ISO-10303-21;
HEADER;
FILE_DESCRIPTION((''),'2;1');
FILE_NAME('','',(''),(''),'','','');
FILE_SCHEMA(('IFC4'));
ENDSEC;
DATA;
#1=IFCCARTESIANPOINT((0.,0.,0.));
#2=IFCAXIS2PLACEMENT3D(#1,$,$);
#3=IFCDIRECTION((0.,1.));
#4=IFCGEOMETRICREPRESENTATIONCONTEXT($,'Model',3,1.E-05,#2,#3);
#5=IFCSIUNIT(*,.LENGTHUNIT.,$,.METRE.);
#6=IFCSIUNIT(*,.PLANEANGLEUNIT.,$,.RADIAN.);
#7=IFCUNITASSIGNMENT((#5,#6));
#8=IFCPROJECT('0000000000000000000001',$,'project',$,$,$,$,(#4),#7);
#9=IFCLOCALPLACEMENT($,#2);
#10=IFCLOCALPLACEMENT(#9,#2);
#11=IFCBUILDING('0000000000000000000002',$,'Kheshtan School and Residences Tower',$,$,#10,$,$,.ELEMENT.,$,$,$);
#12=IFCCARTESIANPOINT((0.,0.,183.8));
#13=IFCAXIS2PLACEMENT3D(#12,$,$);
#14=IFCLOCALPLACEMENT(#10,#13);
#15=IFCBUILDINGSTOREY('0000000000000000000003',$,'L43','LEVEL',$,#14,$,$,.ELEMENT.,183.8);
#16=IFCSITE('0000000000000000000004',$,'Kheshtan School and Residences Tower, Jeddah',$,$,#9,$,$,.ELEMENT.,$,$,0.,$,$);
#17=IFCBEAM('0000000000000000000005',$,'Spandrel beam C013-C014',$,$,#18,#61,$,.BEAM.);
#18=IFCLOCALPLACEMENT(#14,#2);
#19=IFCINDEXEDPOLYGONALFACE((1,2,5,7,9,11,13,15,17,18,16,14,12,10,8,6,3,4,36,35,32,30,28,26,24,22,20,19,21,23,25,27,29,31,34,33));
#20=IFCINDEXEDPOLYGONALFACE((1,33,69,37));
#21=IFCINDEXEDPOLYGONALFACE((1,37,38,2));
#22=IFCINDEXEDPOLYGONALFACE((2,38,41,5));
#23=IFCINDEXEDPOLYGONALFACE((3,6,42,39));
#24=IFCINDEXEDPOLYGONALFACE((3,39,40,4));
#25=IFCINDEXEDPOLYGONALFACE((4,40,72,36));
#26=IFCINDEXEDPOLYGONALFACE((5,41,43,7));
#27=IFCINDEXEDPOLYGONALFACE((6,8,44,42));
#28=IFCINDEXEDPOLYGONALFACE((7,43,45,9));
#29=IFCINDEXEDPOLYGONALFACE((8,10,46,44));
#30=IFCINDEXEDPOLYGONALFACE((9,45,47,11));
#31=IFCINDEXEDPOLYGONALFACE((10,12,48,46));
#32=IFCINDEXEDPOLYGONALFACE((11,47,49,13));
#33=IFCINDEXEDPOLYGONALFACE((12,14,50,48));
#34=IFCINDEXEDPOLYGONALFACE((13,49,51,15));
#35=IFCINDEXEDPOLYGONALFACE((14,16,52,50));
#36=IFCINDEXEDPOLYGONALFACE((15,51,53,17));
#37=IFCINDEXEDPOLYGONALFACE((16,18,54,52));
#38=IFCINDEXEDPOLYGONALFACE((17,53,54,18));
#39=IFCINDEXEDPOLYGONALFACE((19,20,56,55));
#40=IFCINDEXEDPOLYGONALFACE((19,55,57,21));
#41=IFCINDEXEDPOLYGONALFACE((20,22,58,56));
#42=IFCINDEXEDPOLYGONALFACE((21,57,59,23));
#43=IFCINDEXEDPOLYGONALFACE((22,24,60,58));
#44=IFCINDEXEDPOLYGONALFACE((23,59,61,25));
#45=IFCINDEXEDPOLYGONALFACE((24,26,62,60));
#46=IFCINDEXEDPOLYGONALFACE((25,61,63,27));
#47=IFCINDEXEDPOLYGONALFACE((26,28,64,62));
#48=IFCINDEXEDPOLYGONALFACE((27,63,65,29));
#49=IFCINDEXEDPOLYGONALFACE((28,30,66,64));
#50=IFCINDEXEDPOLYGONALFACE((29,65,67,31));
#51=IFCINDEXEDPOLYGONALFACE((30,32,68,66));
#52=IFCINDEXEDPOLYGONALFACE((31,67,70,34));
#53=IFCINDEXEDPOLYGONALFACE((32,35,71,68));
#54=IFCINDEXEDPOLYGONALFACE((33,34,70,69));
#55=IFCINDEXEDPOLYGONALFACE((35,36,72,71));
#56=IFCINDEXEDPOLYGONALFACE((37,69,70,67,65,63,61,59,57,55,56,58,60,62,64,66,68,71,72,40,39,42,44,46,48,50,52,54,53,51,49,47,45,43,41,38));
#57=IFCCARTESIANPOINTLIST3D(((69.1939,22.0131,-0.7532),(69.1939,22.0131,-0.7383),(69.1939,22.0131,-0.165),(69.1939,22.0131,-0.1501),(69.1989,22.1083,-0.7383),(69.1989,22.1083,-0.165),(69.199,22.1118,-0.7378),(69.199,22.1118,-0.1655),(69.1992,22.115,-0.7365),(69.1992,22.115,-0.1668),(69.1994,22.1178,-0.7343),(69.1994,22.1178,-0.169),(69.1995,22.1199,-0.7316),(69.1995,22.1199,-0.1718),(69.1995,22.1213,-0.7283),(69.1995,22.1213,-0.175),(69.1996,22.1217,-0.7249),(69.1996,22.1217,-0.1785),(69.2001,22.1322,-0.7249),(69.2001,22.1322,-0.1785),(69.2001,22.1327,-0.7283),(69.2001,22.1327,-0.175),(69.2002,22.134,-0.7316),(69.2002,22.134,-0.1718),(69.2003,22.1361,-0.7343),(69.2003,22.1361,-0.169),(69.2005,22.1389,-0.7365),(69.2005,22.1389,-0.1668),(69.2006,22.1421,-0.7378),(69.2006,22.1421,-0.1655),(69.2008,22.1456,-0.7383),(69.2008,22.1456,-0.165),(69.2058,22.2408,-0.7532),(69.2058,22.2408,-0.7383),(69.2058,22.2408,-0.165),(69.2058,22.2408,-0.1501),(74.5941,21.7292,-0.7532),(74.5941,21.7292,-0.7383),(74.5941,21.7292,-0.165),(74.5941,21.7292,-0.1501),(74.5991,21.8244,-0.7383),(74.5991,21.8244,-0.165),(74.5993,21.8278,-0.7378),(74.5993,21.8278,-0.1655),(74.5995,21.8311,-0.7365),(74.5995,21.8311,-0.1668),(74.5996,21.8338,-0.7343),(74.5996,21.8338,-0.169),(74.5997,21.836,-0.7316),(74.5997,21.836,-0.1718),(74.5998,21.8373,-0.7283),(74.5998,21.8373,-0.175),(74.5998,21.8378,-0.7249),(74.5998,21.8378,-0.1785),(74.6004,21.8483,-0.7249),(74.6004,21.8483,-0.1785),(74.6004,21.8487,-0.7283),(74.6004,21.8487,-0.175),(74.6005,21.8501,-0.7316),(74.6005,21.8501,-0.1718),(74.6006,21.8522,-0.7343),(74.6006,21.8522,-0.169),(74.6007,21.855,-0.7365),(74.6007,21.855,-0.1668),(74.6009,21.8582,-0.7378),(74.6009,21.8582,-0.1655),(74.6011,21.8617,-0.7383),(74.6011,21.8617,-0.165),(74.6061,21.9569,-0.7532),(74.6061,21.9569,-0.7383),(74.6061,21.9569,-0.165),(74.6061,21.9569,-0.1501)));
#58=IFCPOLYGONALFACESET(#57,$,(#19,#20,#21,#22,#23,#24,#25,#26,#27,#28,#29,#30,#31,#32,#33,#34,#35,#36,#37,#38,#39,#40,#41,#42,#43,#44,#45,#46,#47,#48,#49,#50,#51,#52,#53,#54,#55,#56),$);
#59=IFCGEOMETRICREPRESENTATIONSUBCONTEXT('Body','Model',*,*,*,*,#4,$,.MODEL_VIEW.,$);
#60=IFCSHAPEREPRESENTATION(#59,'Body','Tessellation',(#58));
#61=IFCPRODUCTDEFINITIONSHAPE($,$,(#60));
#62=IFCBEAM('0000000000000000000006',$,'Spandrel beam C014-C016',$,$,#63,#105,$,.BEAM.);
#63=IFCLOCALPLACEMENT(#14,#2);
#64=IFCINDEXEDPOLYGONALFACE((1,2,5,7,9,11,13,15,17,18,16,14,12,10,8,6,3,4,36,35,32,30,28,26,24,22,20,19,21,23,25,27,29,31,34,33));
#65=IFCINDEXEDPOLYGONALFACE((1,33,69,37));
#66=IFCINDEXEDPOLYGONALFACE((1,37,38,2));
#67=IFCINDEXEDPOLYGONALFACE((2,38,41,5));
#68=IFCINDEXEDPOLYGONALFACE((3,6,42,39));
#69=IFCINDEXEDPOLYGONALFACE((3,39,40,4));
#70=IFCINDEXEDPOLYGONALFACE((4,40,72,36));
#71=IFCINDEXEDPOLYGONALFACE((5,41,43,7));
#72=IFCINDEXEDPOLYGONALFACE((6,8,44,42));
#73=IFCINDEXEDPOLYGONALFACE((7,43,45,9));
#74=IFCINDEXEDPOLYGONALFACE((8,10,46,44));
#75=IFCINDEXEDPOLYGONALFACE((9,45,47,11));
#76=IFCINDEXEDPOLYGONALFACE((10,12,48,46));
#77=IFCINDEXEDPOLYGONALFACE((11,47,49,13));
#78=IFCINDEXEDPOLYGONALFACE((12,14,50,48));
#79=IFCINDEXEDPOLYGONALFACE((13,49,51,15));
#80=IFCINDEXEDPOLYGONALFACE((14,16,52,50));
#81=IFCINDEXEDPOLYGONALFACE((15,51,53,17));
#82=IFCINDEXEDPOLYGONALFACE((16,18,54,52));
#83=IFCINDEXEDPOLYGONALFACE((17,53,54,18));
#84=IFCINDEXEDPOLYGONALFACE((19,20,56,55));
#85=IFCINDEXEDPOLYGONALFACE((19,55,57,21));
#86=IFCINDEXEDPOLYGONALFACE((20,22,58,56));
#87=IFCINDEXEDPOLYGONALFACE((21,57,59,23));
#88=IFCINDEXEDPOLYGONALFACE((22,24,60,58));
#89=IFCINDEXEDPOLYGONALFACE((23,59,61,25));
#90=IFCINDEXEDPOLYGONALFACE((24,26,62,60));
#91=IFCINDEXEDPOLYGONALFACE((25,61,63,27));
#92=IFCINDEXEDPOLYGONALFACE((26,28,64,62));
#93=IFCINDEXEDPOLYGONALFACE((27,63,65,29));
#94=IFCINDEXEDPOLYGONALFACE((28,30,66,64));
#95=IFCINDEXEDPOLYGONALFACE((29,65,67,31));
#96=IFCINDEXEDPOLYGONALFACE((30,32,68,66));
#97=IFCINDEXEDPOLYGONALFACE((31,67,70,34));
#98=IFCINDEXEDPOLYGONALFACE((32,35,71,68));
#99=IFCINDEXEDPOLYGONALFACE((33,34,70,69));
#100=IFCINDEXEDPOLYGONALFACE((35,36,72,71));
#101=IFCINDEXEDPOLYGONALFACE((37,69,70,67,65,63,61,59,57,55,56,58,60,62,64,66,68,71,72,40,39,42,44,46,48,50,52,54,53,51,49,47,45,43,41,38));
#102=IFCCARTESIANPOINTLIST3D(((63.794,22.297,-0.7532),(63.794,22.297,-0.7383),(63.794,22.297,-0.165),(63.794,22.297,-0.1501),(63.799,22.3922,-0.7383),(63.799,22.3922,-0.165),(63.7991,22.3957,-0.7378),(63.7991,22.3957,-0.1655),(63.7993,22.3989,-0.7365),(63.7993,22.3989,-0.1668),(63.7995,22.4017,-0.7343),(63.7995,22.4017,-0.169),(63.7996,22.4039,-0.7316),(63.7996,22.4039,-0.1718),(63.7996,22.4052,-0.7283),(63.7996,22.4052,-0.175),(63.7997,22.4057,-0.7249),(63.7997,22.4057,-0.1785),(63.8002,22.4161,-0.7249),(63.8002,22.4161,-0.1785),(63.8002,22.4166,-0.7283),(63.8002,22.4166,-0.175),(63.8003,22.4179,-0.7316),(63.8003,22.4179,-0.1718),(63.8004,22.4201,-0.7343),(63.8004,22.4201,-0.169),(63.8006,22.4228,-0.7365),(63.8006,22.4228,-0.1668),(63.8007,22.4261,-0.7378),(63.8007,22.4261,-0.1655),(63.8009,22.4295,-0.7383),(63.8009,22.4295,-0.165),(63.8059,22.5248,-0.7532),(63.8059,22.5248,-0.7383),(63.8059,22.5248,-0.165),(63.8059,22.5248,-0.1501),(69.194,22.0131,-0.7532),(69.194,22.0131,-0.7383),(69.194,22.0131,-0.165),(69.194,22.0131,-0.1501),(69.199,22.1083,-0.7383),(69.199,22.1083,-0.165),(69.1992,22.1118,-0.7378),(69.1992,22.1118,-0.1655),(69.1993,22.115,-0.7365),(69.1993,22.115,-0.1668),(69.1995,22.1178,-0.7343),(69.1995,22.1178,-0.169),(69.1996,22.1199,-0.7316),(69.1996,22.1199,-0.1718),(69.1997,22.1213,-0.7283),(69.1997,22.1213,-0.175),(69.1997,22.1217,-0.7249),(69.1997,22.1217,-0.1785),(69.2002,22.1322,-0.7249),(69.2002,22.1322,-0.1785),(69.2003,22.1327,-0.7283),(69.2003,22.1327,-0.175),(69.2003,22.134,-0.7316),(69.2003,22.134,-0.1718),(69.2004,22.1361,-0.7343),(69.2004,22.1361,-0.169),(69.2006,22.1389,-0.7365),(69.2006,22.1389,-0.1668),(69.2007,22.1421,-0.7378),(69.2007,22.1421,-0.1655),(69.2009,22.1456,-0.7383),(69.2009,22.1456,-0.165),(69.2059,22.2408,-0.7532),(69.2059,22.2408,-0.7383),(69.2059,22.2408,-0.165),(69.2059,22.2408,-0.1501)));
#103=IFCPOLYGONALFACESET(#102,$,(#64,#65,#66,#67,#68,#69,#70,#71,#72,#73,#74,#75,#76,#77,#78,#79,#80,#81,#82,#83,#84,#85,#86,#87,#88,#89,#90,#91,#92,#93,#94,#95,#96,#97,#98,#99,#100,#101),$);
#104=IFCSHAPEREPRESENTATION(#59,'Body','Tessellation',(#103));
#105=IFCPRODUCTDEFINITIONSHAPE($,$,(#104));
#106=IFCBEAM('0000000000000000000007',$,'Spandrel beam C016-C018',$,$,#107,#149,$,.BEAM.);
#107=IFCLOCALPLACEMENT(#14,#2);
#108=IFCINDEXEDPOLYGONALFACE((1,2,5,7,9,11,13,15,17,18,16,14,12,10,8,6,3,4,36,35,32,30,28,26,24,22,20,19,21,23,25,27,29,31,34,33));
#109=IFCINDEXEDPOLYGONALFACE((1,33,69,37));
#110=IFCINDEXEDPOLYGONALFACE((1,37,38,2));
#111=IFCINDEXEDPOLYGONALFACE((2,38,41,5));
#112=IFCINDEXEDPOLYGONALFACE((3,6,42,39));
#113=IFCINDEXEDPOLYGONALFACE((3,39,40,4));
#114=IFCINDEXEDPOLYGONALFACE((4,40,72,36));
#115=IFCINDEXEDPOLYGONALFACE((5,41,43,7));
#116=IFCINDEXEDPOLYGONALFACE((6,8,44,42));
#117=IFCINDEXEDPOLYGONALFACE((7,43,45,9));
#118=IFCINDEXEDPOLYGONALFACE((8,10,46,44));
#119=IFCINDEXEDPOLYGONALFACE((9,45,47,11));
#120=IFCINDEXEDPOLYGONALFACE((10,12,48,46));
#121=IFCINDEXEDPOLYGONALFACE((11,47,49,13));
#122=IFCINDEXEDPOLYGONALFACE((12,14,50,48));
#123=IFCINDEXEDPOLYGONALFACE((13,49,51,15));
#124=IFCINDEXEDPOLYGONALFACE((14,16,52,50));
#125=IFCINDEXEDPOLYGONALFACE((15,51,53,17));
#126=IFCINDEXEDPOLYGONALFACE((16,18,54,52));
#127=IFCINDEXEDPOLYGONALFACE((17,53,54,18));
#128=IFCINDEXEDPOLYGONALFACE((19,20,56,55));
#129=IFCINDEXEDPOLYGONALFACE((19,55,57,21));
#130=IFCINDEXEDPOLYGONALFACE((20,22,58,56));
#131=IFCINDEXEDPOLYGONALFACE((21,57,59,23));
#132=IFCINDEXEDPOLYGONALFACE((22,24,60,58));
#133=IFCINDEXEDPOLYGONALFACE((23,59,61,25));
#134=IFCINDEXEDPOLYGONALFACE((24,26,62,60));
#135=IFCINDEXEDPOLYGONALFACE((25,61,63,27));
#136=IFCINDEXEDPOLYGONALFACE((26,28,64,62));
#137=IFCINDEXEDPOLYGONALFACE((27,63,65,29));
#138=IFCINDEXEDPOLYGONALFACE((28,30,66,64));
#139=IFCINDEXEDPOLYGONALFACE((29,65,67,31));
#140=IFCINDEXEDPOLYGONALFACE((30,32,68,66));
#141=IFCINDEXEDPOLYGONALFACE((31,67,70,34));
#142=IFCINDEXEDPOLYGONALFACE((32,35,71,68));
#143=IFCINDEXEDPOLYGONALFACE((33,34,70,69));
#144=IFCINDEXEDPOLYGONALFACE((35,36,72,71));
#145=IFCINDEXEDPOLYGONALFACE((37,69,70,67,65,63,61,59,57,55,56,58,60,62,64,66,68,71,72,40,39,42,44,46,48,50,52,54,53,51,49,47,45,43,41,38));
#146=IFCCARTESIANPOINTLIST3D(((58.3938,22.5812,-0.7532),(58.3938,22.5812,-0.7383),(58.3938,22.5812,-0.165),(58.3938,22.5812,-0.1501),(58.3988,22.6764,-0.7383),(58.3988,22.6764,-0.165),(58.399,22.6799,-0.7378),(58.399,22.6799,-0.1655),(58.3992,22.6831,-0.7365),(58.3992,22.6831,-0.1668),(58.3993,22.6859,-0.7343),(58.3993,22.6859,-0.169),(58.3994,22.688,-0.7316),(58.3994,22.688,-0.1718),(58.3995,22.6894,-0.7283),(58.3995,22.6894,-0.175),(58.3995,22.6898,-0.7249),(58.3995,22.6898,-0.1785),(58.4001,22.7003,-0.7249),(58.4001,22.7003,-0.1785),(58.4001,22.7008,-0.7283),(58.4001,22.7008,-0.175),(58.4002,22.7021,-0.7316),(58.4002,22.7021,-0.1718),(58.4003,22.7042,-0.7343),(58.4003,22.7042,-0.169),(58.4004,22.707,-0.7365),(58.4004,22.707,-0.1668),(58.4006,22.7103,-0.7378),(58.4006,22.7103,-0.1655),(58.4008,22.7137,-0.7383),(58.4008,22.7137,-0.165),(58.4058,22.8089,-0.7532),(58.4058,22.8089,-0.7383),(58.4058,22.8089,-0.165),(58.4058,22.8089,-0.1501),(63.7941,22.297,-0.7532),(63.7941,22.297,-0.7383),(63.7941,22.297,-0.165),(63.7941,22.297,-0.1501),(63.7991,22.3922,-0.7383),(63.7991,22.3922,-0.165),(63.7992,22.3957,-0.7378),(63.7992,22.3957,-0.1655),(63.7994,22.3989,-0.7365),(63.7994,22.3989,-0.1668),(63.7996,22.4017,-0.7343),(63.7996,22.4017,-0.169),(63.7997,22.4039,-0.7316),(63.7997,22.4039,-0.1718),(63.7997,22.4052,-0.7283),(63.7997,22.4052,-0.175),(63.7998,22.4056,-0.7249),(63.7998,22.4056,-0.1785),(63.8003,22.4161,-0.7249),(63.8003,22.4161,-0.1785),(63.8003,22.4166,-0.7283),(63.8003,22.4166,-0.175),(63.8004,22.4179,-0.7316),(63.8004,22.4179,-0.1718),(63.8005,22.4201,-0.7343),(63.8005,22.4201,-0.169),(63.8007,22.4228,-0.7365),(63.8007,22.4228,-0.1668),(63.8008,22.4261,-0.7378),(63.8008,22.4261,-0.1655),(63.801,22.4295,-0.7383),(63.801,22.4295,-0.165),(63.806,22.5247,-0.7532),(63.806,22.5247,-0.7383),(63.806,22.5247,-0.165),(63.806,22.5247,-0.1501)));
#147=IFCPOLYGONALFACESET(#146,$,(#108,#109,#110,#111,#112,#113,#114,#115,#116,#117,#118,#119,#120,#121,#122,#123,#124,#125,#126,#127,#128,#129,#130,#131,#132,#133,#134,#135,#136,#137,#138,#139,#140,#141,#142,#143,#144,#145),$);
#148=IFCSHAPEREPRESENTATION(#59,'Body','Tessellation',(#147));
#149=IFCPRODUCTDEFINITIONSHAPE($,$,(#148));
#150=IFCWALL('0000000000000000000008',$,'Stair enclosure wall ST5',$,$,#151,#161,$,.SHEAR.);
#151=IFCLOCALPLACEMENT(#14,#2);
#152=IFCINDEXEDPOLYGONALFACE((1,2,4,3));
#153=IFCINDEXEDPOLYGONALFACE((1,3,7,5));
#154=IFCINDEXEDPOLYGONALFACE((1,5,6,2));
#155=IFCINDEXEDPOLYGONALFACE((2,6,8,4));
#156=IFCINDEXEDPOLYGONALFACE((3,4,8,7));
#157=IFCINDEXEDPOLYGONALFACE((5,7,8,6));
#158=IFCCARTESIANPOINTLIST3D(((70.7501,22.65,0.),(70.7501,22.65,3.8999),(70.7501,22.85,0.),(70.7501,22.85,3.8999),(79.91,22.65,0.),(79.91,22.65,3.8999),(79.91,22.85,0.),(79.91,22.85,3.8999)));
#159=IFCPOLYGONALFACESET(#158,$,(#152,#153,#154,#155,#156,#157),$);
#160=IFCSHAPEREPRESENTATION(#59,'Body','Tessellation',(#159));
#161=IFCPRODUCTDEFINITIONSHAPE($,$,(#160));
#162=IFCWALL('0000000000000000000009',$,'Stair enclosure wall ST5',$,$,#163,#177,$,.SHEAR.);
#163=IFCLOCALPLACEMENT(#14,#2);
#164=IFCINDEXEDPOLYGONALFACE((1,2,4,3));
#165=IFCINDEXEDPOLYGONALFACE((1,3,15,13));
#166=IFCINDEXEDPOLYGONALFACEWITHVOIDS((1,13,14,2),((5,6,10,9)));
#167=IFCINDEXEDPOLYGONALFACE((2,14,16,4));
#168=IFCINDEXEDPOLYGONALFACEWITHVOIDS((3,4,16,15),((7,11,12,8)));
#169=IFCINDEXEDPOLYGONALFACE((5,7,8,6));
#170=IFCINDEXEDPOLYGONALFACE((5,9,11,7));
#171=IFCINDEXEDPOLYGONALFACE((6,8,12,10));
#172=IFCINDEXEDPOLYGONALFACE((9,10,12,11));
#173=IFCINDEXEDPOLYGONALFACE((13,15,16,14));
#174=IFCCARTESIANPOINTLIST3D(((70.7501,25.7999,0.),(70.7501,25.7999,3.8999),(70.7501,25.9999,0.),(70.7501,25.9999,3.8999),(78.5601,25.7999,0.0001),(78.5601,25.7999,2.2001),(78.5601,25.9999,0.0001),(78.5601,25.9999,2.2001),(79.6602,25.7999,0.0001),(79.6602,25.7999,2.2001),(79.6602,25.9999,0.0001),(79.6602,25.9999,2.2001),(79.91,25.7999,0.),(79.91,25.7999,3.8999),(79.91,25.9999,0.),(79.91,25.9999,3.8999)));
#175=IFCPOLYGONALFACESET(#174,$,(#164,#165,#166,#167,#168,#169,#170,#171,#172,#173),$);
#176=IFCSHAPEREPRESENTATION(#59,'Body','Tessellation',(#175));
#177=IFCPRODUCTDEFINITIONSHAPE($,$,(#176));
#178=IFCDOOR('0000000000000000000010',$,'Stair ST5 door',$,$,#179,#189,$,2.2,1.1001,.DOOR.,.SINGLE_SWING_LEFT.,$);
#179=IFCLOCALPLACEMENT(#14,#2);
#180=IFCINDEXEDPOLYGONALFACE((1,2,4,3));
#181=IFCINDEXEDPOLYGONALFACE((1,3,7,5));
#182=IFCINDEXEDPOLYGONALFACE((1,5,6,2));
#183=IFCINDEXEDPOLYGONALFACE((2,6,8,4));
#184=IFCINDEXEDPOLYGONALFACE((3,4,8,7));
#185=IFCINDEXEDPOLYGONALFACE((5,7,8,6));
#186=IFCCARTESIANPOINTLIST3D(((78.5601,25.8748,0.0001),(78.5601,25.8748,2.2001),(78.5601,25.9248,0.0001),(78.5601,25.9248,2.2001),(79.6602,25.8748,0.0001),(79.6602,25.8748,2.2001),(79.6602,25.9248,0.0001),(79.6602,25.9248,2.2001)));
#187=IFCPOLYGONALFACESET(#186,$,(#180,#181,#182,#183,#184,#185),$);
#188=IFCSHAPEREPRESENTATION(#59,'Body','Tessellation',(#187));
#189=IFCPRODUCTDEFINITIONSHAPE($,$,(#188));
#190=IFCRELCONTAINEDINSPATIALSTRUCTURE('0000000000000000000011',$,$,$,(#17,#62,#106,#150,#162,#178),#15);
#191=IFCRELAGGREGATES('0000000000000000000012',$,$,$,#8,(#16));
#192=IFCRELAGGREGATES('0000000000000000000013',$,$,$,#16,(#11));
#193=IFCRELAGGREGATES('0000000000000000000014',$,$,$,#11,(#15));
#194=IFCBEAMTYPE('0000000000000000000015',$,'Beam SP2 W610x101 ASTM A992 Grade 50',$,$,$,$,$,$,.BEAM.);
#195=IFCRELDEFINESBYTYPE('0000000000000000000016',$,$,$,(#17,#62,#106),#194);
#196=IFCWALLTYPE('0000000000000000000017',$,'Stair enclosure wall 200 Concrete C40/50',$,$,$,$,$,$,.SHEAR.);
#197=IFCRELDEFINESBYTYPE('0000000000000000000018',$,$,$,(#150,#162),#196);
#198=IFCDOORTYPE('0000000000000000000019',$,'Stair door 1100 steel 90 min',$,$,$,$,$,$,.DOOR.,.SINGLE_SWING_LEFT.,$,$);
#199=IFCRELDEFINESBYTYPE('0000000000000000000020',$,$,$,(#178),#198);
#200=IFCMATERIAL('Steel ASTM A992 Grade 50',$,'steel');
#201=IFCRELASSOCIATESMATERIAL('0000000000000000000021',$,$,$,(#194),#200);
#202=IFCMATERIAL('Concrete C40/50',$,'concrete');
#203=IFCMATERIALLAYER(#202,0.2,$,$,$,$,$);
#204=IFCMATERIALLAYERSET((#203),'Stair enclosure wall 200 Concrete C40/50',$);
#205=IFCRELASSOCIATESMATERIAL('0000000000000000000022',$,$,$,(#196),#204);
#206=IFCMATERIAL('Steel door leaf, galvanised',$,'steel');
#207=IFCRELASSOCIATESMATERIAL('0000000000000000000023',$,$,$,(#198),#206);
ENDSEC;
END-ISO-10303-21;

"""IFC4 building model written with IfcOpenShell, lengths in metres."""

from ifc_helpers import new_model, si_unit, direction, frame, frame_2d, origin, origin_2d, place, context, subcontext, project, spatial, rectangle, i_section, extrude, source, transform, mapped, material, layer, layer_set, material_profile, profile_set, type_object, element, fill, save


model = new_model("IFC4")

# Units and contexts
model_context = context("Model", 3, precision=1e-05, world=origin(), true_north=direction((0.0, 1.0)))
body_context = subcontext(model_context, "Body", "Model", "MODEL_VIEW")
ifc_project = project(units=[si_unit("LENGTHUNIT", "METRE"), si_unit("PLANEANGLEUNIT", "RADIAN")], contexts=[model_context])

# Site, building, storey
site_placement = place(None, origin())
site = spatial("IfcSite", under=ifc_project, at=site_placement, Name="Kheshtan School and Residences Tower, Jeddah", CompositionType="ELEMENT", RefElevation=0.0)
building_placement = place(site_placement, origin())
building = spatial("IfcBuilding", under=site, at=building_placement, Name="Kheshtan School and Residences Tower", CompositionType="ELEMENT")
storey_placement = place(building_placement, frame((0.0, 0.0, 183.8)))
storey = spatial("IfcBuildingStorey", under=building, at=storey_placement, Name="L43", Description="LEVEL", CompositionType="ELEMENT", Elevation=183.8)

# Shared definitions
ifc_material_1 = material(Name="Steel ASTM A992 Grade 50", Category="steel")

# Beams
ifc_material_profile_1 = material_profile(ifc_material_1, i_section(OverallWidth=0.228, OverallDepth=0.603, WebThickness=0.0105, FlangeThickness=0.0149, FilletRadius=0.0134, at=origin_2d()), Name="W610x101")
ifc_profile_set_1 = profile_set([ifc_material_profile_1], Name="Steel ASTM A992 Grade 50")
beam_type_1 = type_object("IfcBeamType", Name="Beam SP2 W610x101 ASTM A992 Grade 50", PredefinedType="BEAM", material=ifc_profile_set_1)
beam_1_placement = place(storey_placement, frame((74.6001, 21.843, -0.4517), z_axis=(-0.998621, 0.052507, 0.0), x_axis=(-0.052507, -0.998621, 0.0)))
element("IfcBeam", 1, at=beam_1_placement, inside=storey, type_object=beam_type_1, Name="Spandrel beam C013-C014", PredefinedType="BEAM", context=body_context, shape_type="SweptSolid", body=[
    extrude(i_section(OverallWidth=0.228, OverallDepth=0.603, WebThickness=0.0105, FlangeThickness=0.0149, FilletRadius=0.0134, at=origin_2d()), origin(), (0.0, 0.0, 1.0), 5.4077),
])
beam_2_placement = place(storey_placement, frame((69.2, 22.127, -0.4517), z_axis=(-0.99862, 0.052509, 0.0), x_axis=(-0.052509, -0.99862, 0.0)))
element("IfcBeam", 2, at=beam_2_placement, inside=storey, type_object=beam_type_1, Name="Spandrel beam C014-C016", PredefinedType="BEAM", context=body_context, shape_type="SweptSolid", body=[
    extrude(i_section(OverallWidth=0.228, OverallDepth=0.603, WebThickness=0.0105, FlangeThickness=0.0149, FilletRadius=0.0134, at=origin_2d()), origin(), (0.0, 0.0, 1.0), 5.4075),
])
beam_3_placement = place(storey_placement, frame((63.8, 22.4109, -0.4517), z_axis=(-0.998618, 0.052552, 0.0), x_axis=(-0.052552, -0.998618, 0.0)))
element("IfcBeam", 3, at=beam_3_placement, inside=storey, type_object=beam_type_1, Name="Spandrel beam C016-C018", PredefinedType="BEAM", context=body_context, shape_type="SweptSolid", body=[
    extrude(i_section(OverallWidth=0.228, OverallDepth=0.603, WebThickness=0.0105, FlangeThickness=0.0149, FilletRadius=0.0134, at=origin_2d()), origin(), (0.0, 0.0, 1.0), 5.4077),
])

# Wall
ifc_material_2 = material(Name="Concrete C40/50", Category="concrete")
ifc_layer_1 = layer(ifc_material_2, 0.2)
ifc_layer_set_1 = layer_set([ifc_layer_1], Name="Stair enclosure wall 200 Concrete C40/50")
wall_type = type_object("IfcWallType", Name="Stair enclosure wall 200 Concrete C40/50", PredefinedType="SHEAR", material=ifc_layer_set_1)
wall_1_placement = place(storey_placement, frame((70.75, 22.75, 0.0), z_axis=(0.0, 0.0, 1.0), x_axis=(1.0, 0.0, 0.0)))
element("IfcWall", 4, at=wall_1_placement, inside=storey, type_object=wall_type, Name="Stair enclosure wall ST5", PredefinedType="SHEAR", context=body_context, shape_type="SweptSolid", body=[
    extrude(rectangle(XDim=9.1599, YDim=0.2, at=frame_2d((4.5801, 0.0))), origin(), (0.0, 0.0, 1.0), 3.8999),
])

# Wall, opening, door
wall_2_placement = place(storey_placement, frame((70.75, 25.8999, 0.0), z_axis=(0.0, 0.0, 1.0), x_axis=(1.0, 0.0, 0.0)))
wall_2 = element("IfcWall", 5, at=wall_2_placement, inside=storey, type_object=wall_type, Name="Stair enclosure wall ST5", PredefinedType="SHEAR", context=body_context, shape_type="SweptSolid", body=[
    extrude(rectangle(XDim=9.1599, YDim=0.2, at=frame_2d((4.5801, 0.0))), origin(), (0.0, 0.0, 1.0), 3.8999),
])
opening_placement = place(wall_2_placement, frame((7.8101, 0.0, 0.0)))
opening = element("IfcOpeningElement", 6, at=opening_placement, cuts=wall_2, PredefinedType="OPENING", context=body_context, shape_type="SweptSolid", body=[
    extrude(rectangle(XDim=1.1001, YDim=2.2, at=frame_2d((0.55, 1.1001))), frame((0.0, 0.1099, 0.0), z_axis=(0.0, -1.0, 0.0), x_axis=(1.0, 0.0, 0.0)), (0.0, 0.0, 1.0), 0.22),
])
ifc_material_3 = material(Name="Steel door leaf, galvanised", Category="steel")
door_type = type_object("IfcDoorType", Name="Stair door 1100 steel 90 min", OperationType="SINGLE_SWING_LEFT", PredefinedType="DOOR", material=ifc_material_3)
shared_shape = source(origin(), body_context, "Body", "SweptSolid", [
    extrude(rectangle(XDim=1.1001, YDim=2.2, at=frame_2d((0.55, 1.1001))), frame((0.0, 0.0249, 0.0), z_axis=(0.0, -1.0, 0.0), x_axis=(1.0, 0.0, 0.0)), (0.0, 0.0, 1.0), 0.05),
])
door_placement = place(opening_placement, origin())
door = element("IfcDoor", 7, at=door_placement, inside=storey, type_object=door_type, Name="Stair ST5 door", OperationType="SINGLE_SWING_LEFT", OverallHeight=2.2, OverallWidth=1.1001, PredefinedType="DOOR", context=body_context, shape_type="MappedRepresentation", body=[
    mapped(shared_shape, transform((0.0, 0.0, 0.0), x_axis=(1.0, 0.0, 0.0), y_axis=(0.0, 1.0, 0.0), z_axis=(0.0, 0.0, 1.0), scale=1.0)),
])
fill(opening, door)

save(model, "model.ifc")
